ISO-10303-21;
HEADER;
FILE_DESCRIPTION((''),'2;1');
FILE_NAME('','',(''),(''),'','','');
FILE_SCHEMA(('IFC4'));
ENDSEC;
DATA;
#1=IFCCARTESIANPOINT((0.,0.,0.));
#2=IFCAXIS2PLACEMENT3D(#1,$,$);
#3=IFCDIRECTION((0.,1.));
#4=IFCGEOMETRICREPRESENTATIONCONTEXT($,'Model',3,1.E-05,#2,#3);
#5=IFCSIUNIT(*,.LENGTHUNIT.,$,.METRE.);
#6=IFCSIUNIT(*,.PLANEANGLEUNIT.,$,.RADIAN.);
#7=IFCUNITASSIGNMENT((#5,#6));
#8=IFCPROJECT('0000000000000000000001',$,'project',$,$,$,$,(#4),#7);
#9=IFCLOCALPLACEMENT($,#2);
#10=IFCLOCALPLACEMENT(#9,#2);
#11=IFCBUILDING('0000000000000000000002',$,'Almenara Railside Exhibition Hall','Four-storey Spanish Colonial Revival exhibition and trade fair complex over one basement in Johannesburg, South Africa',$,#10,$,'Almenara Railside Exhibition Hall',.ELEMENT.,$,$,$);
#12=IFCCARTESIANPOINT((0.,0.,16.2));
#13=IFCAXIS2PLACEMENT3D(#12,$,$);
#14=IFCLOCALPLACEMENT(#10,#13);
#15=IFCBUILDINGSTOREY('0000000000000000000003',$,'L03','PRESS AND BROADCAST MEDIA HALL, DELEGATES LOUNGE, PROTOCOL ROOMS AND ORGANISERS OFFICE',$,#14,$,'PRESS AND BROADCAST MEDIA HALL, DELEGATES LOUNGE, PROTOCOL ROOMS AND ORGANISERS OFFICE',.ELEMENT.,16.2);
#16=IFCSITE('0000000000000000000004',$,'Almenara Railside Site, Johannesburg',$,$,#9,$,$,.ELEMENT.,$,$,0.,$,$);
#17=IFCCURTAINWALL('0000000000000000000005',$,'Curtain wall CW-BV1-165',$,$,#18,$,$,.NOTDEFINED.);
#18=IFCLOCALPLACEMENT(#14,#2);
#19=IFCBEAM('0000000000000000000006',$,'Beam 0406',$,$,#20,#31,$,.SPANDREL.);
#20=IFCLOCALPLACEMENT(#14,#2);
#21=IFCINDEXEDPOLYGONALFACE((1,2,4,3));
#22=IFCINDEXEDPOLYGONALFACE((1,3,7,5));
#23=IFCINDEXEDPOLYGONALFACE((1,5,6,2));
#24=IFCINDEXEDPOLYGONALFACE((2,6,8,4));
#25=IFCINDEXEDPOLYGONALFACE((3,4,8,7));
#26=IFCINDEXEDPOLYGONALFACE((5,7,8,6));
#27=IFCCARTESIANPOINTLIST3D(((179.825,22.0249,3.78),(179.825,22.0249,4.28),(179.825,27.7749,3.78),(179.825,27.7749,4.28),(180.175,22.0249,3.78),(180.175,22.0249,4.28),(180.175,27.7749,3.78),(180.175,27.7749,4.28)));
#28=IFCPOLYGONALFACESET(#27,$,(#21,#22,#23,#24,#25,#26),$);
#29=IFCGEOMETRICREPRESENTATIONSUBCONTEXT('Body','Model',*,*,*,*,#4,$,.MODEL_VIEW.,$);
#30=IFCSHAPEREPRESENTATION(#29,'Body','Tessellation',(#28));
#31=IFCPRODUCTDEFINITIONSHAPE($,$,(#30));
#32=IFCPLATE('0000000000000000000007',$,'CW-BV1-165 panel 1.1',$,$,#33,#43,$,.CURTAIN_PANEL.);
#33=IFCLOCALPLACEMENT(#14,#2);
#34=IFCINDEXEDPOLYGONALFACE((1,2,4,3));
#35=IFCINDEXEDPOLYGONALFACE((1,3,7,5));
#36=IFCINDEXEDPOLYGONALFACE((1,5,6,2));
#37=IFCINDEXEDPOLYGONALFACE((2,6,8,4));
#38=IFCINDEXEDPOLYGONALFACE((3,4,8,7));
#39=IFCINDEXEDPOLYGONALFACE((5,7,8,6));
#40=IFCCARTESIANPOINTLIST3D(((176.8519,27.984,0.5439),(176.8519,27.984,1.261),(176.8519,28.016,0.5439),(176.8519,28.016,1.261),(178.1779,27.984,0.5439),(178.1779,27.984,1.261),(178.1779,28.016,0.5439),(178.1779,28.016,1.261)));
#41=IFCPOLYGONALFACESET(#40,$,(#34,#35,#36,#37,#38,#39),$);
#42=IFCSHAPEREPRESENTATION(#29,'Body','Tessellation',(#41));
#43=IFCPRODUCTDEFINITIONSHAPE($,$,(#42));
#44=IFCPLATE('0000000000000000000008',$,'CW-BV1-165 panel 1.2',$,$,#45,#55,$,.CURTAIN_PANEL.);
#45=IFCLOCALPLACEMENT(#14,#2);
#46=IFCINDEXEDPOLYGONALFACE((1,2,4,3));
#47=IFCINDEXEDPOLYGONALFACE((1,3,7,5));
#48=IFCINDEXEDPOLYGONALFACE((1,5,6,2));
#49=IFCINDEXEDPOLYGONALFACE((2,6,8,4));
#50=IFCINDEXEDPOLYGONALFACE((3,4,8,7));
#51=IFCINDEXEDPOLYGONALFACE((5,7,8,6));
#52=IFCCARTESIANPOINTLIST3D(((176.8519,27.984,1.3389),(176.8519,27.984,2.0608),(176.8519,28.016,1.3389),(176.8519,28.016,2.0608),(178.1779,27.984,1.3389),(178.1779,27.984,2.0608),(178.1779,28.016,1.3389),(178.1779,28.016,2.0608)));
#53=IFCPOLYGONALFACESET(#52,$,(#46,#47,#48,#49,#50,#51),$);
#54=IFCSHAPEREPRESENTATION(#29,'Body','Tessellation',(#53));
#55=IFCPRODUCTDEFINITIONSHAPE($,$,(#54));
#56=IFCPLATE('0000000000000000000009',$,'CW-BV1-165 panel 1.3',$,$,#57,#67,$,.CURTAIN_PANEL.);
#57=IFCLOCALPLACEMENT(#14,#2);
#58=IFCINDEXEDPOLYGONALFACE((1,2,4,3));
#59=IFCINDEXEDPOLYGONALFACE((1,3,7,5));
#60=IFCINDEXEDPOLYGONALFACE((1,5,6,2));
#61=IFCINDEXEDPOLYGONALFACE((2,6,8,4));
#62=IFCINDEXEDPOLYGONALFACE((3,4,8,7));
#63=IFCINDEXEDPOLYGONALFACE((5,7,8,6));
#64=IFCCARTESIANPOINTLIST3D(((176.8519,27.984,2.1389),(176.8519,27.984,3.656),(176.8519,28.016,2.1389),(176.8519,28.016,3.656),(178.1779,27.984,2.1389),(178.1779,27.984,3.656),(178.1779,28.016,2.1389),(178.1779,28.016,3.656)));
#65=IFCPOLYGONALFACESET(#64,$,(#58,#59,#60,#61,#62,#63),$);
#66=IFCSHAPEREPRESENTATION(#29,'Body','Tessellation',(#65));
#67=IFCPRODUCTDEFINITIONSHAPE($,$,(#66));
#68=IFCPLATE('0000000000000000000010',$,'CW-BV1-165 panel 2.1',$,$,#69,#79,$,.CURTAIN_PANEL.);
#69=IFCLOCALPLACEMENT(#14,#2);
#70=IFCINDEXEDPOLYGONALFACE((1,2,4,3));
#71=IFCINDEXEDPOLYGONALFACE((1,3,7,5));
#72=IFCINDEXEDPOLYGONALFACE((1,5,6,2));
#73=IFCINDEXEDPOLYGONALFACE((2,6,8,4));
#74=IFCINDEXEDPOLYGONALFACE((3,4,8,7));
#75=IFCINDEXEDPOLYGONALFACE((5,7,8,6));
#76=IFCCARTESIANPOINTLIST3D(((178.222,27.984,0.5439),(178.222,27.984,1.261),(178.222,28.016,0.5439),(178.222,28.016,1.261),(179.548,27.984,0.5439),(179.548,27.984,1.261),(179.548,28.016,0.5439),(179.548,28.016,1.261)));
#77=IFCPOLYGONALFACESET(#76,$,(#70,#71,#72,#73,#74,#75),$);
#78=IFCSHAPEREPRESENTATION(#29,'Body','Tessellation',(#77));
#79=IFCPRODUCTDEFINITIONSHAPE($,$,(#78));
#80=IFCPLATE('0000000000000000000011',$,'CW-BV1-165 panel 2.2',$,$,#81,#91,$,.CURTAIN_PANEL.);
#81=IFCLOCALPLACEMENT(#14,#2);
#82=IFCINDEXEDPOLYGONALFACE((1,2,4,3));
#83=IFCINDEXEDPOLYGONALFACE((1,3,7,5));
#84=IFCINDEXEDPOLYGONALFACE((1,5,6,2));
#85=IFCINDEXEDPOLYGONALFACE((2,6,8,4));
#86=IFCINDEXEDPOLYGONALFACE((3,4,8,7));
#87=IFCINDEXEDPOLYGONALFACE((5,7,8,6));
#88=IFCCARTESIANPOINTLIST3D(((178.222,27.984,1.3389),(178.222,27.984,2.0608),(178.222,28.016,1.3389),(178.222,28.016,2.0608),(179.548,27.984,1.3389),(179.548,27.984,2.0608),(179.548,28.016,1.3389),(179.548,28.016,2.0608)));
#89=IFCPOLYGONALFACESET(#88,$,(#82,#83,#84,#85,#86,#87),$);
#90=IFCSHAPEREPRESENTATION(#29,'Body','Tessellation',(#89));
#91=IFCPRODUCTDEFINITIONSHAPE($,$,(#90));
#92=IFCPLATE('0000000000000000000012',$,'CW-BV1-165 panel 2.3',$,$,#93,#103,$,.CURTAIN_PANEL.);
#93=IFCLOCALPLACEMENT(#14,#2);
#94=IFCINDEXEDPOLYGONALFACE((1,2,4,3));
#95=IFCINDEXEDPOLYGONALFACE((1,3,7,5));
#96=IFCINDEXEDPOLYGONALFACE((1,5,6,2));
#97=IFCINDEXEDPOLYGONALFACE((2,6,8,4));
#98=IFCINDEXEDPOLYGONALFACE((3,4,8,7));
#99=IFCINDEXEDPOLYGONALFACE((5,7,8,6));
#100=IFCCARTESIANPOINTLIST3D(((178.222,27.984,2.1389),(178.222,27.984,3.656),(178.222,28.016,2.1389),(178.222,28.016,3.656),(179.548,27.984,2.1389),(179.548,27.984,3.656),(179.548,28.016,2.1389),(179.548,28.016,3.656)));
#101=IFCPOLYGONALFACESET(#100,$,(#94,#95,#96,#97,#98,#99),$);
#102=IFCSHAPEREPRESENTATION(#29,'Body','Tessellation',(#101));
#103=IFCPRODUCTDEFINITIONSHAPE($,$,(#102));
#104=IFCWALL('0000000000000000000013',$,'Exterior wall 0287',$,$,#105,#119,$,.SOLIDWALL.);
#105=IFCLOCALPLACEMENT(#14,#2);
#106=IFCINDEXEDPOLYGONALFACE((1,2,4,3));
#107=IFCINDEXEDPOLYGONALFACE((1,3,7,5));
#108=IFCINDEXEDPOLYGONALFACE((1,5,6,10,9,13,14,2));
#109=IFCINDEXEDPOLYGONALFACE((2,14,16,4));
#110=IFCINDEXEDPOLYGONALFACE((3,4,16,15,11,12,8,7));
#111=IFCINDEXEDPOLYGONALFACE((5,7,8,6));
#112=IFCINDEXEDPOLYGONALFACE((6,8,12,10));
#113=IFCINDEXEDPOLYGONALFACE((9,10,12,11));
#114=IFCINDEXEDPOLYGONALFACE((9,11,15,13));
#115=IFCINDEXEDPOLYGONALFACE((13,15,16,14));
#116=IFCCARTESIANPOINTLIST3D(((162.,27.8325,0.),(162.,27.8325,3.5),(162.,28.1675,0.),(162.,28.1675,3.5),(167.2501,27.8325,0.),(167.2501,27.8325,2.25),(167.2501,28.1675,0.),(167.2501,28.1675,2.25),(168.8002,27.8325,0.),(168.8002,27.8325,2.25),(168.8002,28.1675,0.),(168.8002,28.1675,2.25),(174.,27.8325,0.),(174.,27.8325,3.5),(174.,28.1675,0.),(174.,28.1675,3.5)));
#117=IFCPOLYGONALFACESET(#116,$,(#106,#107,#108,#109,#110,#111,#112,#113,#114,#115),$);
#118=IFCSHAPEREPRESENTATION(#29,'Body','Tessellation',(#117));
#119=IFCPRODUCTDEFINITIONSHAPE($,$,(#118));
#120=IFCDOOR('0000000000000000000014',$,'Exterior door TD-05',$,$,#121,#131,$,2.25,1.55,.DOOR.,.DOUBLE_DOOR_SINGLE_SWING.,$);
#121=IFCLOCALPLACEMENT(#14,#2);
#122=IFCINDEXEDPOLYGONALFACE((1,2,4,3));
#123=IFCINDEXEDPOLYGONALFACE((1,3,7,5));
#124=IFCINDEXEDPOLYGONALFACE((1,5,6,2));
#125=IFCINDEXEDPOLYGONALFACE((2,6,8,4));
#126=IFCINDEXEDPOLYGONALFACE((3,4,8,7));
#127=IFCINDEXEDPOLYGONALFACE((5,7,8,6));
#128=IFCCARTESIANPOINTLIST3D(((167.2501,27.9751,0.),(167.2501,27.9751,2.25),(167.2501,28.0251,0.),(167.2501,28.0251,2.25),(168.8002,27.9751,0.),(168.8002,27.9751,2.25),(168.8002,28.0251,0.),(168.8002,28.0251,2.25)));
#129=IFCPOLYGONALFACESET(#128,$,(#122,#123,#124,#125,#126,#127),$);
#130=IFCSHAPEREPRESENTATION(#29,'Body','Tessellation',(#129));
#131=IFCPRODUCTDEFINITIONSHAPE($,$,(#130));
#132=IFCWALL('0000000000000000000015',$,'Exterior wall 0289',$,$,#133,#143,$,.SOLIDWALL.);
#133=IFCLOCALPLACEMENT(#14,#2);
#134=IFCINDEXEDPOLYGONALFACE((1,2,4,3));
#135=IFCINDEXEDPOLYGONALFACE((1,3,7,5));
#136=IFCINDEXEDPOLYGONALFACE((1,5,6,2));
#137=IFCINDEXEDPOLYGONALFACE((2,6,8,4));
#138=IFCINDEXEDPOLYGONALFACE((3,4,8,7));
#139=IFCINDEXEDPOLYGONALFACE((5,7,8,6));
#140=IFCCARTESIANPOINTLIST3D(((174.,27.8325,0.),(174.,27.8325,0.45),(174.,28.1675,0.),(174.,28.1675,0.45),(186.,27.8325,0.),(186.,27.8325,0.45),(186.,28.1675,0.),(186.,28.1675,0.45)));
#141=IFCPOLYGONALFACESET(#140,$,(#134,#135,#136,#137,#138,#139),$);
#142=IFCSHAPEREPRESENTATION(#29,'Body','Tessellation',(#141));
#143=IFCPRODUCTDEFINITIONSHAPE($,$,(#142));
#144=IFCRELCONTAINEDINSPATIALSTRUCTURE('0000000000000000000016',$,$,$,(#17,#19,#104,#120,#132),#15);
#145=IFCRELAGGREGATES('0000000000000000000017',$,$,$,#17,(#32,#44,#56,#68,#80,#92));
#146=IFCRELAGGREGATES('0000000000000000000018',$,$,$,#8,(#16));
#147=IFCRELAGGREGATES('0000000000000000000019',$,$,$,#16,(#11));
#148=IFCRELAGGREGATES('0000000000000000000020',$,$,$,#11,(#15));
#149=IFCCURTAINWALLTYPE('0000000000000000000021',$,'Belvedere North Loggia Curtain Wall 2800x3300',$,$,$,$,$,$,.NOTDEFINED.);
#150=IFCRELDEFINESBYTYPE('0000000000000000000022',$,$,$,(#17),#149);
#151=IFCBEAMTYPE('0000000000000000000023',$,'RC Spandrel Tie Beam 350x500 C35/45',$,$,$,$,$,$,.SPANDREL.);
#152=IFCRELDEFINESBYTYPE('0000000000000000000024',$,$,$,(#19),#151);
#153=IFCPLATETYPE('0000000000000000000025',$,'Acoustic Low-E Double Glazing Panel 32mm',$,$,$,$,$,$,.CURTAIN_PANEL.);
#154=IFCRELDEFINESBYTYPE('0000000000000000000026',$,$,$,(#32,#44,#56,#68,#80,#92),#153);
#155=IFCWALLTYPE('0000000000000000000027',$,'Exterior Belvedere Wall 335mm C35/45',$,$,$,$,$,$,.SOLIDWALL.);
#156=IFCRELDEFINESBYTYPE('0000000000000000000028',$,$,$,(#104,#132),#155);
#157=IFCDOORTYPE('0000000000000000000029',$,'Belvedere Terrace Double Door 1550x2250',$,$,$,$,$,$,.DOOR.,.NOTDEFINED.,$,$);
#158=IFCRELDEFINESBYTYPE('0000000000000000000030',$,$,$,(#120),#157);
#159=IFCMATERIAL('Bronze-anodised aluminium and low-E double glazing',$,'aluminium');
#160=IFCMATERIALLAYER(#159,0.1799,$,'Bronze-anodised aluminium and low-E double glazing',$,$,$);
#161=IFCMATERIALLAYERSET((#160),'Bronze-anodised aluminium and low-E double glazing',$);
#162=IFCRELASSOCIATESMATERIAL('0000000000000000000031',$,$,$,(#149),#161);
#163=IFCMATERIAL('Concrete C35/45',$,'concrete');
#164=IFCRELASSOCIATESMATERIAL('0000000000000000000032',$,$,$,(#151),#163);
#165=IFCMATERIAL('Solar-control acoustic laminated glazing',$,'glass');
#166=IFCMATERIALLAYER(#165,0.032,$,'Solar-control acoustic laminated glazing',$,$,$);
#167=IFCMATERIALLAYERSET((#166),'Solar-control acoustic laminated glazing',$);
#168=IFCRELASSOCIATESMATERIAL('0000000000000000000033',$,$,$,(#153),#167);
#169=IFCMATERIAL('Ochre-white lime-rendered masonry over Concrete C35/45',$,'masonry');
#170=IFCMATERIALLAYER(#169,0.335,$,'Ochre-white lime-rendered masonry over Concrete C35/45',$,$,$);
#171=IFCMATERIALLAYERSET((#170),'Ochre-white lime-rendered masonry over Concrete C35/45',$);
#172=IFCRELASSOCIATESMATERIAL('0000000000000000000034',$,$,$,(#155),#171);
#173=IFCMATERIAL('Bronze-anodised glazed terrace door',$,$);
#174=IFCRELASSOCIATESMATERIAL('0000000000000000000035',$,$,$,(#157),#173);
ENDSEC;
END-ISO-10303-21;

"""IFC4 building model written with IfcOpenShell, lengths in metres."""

from ifc_helpers import new_model, si_unit, direction, frame, frame_2d, origin, origin_2d, place, context, subcontext, project, spatial, rectangle, extrude, material, layer, layer_set, material_profile, profile_set, type_object, element, fill, aggregate, save


model = new_model("IFC4")

# Units and contexts
model_context = context("Model", 3, precision=1e-05, world=origin(), true_north=direction((0.0, 1.0)))
body_context = subcontext(model_context, "Body", "Model", "MODEL_VIEW")
ifc_project = project(units=[si_unit("LENGTHUNIT", "METRE"), si_unit("PLANEANGLEUNIT", "RADIAN")], contexts=[model_context])

# Site, building, storey
site_placement = place(None, origin())
site = spatial("IfcSite", under=ifc_project, at=site_placement, Name="Almenara Railside Site, Johannesburg", CompositionType="ELEMENT", RefElevation=0.0)
building_placement = place(site_placement, origin())
building = spatial("IfcBuilding", under=site, at=building_placement, Name="Almenara Railside Exhibition Hall", Description="Four-storey Spanish Colonial Revival exhibition and trade fair complex over one basement in Johannesburg, South Africa", LongName="Almenara Railside Exhibition Hall", CompositionType="ELEMENT")
storey_placement = place(building_placement, frame((0.0, 0.0, 16.2)))
storey = spatial("IfcBuildingStorey", under=building, at=storey_placement, Name="L03", Description="PRESS AND BROADCAST MEDIA HALL, DELEGATES LOUNGE, PROTOCOL ROOMS AND ORGANISERS OFFICE", LongName="PRESS AND BROADCAST MEDIA HALL, DELEGATES LOUNGE, PROTOCOL ROOMS AND ORGANISERS OFFICE", CompositionType="ELEMENT", Elevation=16.2)

# Shared definitions
ifc_material_1 = material(Name="Concrete C35/45", Category="concrete")

# Shared definitions
ifc_material_2 = material(Name="Bronze-anodised aluminium and low-E double glazing", Category="aluminium")
ifc_layer_1 = layer(ifc_material_2, 0.1799, Name="Bronze-anodised aluminium and low-E double glazing")
ifc_layer_set_1 = layer_set([ifc_layer_1], Name="Bronze-anodised aluminium and low-E double glazing")
curtain_wall_type = type_object("IfcCurtainWallType", Name="Belvedere North Loggia Curtain Wall 2800x3300", PredefinedType="NOTDEFINED", material=ifc_layer_set_1)

# Curtain wall
curtain_wall_1_placement = place(storey_placement, origin())
curtain_wall_1 = element("IfcCurtainWall", 1, at=curtain_wall_1_placement, inside=storey, type_object=curtain_wall_type, Name="Curtain wall CW-BV1-165", PredefinedType="NOTDEFINED")

# Beam
ifc_material_profile_1 = material_profile(ifc_material_1, rectangle(XDim=0.3501, YDim=0.5, at=origin_2d()), Name="RC 350x500")
ifc_profile_set_1 = profile_set([ifc_material_profile_1], Name="Concrete C35/45")
beam_type_1 = type_object("IfcBeamType", Name="RC Spandrel Tie Beam 350x500 C35/45", PredefinedType="SPANDREL", material=ifc_profile_set_1)
for number, where, z_axis, x_axis, name in (
    (2, (180.0, 22.0249, 4.03), (0.0, 1.0, 0.0), (-1.0, 0.0, 0.0), "Beam 0406"),
):
    element("IfcBeam", number, at=place(storey_placement, frame(where, z_axis=z_axis, x_axis=x_axis)), inside=storey, type_object=beam_type_1, Name=name, PredefinedType="SPANDREL", context=body_context, shape_type="SweptSolid", body=[
        extrude(rectangle(XDim=0.3501, YDim=0.5, at=origin_2d()), origin(), (0.0, 0.0, 1.0), 5.75),
    ])

# Plates
ifc_material_3 = material(Name="Solar-control acoustic laminated glazing", Category="glass")
ifc_layer_2 = layer(ifc_material_3, 0.032, Name="Solar-control acoustic laminated glazing")
ifc_layer_set_2 = layer_set([ifc_layer_2], Name="Solar-control acoustic laminated glazing")
plate_type = type_object("IfcPlateType", Name="Acoustic Low-E Double Glazing Panel 32mm", PredefinedType="CURTAIN_PANEL", material=ifc_layer_set_2)
plate_1_placement = place(storey_placement, frame((177.5149, 28.0, 0.5439), z_axis=(0.0, 0.0, 1.0), x_axis=(1.0, 0.0, 0.0)))
plate_1 = element("IfcPlate", 3, at=plate_1_placement, type_object=plate_type, Name="CW-BV1-165 panel 1.1", PredefinedType="CURTAIN_PANEL", context=body_context, shape_type="SweptSolid", body=[
    extrude(rectangle(XDim=1.3259, YDim=0.032, at=origin_2d()), origin(), (0.0, 0.0, 1.0), 0.717),
])
plate_2_placement = place(storey_placement, frame((177.5149, 28.0, 1.3389), z_axis=(0.0, 0.0, 1.0), x_axis=(1.0, 0.0, 0.0)))
plate_2 = element("IfcPlate", 4, at=plate_2_placement, type_object=plate_type, Name="CW-BV1-165 panel 1.2", PredefinedType="CURTAIN_PANEL", context=body_context, shape_type="SweptSolid", body=[
    extrude(rectangle(XDim=1.3259, YDim=0.032, at=origin_2d()), origin(), (0.0, 0.0, 1.0), 0.7219),
])
plate_3_placement = place(storey_placement, frame((177.5149, 28.0, 2.1389), z_axis=(0.0, 0.0, 1.0), x_axis=(1.0, 0.0, 0.0)))
plate_3 = element("IfcPlate", 5, at=plate_3_placement, type_object=plate_type, Name="CW-BV1-165 panel 1.3", PredefinedType="CURTAIN_PANEL", context=body_context, shape_type="SweptSolid", body=[
    extrude(rectangle(XDim=1.3259, YDim=0.032, at=origin_2d()), origin(), (0.0, 0.0, 1.0), 1.5171),
])
plate_4_placement = place(storey_placement, frame((178.885, 28.0, 0.5439), z_axis=(0.0, 0.0, 1.0), x_axis=(1.0, 0.0, 0.0)))
plate_4 = element("IfcPlate", 6, at=plate_4_placement, type_object=plate_type, Name="CW-BV1-165 panel 2.1", PredefinedType="CURTAIN_PANEL", context=body_context, shape_type="SweptSolid", body=[
    extrude(rectangle(XDim=1.3259, YDim=0.032, at=origin_2d()), origin(), (0.0, 0.0, 1.0), 0.717),
])
plate_5_placement = place(storey_placement, frame((178.885, 28.0, 1.3389), z_axis=(0.0, 0.0, 1.0), x_axis=(1.0, 0.0, 0.0)))
plate_5 = element("IfcPlate", 7, at=plate_5_placement, type_object=plate_type, Name="CW-BV1-165 panel 2.2", PredefinedType="CURTAIN_PANEL", context=body_context, shape_type="SweptSolid", body=[
    extrude(rectangle(XDim=1.3259, YDim=0.032, at=origin_2d()), origin(), (0.0, 0.0, 1.0), 0.7219),
])
plate_6_placement = place(storey_placement, frame((178.885, 28.0, 2.1389), z_axis=(0.0, 0.0, 1.0), x_axis=(1.0, 0.0, 0.0)))
plate_6 = element("IfcPlate", 8, at=plate_6_placement, type_object=plate_type, Name="CW-BV1-165 panel 2.3", PredefinedType="CURTAIN_PANEL", context=body_context, shape_type="SweptSolid", body=[
    extrude(rectangle(XDim=1.3259, YDim=0.032, at=origin_2d()), origin(), (0.0, 0.0, 1.0), 1.5171),
])
aggregate(curtain_wall_1, [plate_1, plate_2, plate_3, plate_4, plate_5, plate_6])

# Wall, opening, door
ifc_material_4 = material(Name="Ochre-white lime-rendered masonry over Concrete C35/45", Category="masonry")
ifc_layer_3 = layer(ifc_material_4, 0.335, Name="Ochre-white lime-rendered masonry over Concrete C35/45")
ifc_layer_set_3 = layer_set([ifc_layer_3], Name="Ochre-white lime-rendered masonry over Concrete C35/45")
wall_type = type_object("IfcWallType", Name="Exterior Belvedere Wall 335mm C35/45", PredefinedType="SOLIDWALL", material=ifc_layer_set_3)
wall_1_placement = place(storey_placement, frame((174.0, 28.0, 0.0), z_axis=(0.0, 0.0, 1.0), x_axis=(-1.0, 0.0, 0.0)))
wall_1 = element("IfcWall", 9, at=wall_1_placement, inside=storey, type_object=wall_type, Name="Exterior wall 0287", PredefinedType="SOLIDWALL", context=body_context, shape_type="SweptSolid", body=[
    extrude(rectangle(XDim=12.0, YDim=0.335, at=frame_2d((6.0, 0.0))), origin(), (0.0, 0.0, 1.0), 3.5),
])
opening_placement = place(wall_1_placement, frame((5.2, 0.0, 0.0)))
opening = element("IfcOpeningElement", 10, at=opening_placement, cuts=wall_1, PredefinedType="OPENING", context=body_context, shape_type="SweptSolid", body=[
    extrude(rectangle(XDim=1.55, YDim=2.25, at=frame_2d((0.7749, 1.125))), frame((0.0, 0.1775, 0.0), z_axis=(0.0, -1.0, 0.0), x_axis=(1.0, 0.0, 0.0)), (0.0, 0.0, 1.0), 0.355),
])
ifc_material_5 = material(Name="Bronze-anodised glazed terrace door")
door_type = type_object("IfcDoorType", Name="Belvedere Terrace Double Door 1550x2250", OperationType="NOTDEFINED", PredefinedType="DOOR", material=ifc_material_5)
door_placement = place(opening_placement, origin())
door = element("IfcDoor", 11, at=door_placement, inside=storey, type_object=door_type, Name="Exterior door TD-05", OperationType="DOUBLE_DOOR_SINGLE_SWING", OverallHeight=2.25, OverallWidth=1.55, PredefinedType="DOOR", context=body_context, shape_type="SweptSolid", body=[
    extrude(rectangle(XDim=1.55, YDim=2.25, at=frame_2d((0.7749, 1.125))), frame((0.0, 0.0249, 0.0), z_axis=(0.0, -1.0, 0.0), x_axis=(1.0, 0.0, 0.0)), (0.0, 0.0, 1.0), 0.05),
])
fill(opening, door)

# Wall
wall_2_placement = place(storey_placement, frame((186.0, 28.0, 0.0), z_axis=(0.0, 0.0, 1.0), x_axis=(-1.0, 0.0, 0.0)))
element("IfcWall", 12, at=wall_2_placement, inside=storey, type_object=wall_type, Name="Exterior wall 0289", PredefinedType="SOLIDWALL", context=body_context, shape_type="SweptSolid", body=[
    extrude(rectangle(XDim=12.0, YDim=0.335, at=frame_2d((6.0, 0.0))), origin(), (0.0, 0.0, 1.0), 0.45),
])

save(model, "model.ifc")
